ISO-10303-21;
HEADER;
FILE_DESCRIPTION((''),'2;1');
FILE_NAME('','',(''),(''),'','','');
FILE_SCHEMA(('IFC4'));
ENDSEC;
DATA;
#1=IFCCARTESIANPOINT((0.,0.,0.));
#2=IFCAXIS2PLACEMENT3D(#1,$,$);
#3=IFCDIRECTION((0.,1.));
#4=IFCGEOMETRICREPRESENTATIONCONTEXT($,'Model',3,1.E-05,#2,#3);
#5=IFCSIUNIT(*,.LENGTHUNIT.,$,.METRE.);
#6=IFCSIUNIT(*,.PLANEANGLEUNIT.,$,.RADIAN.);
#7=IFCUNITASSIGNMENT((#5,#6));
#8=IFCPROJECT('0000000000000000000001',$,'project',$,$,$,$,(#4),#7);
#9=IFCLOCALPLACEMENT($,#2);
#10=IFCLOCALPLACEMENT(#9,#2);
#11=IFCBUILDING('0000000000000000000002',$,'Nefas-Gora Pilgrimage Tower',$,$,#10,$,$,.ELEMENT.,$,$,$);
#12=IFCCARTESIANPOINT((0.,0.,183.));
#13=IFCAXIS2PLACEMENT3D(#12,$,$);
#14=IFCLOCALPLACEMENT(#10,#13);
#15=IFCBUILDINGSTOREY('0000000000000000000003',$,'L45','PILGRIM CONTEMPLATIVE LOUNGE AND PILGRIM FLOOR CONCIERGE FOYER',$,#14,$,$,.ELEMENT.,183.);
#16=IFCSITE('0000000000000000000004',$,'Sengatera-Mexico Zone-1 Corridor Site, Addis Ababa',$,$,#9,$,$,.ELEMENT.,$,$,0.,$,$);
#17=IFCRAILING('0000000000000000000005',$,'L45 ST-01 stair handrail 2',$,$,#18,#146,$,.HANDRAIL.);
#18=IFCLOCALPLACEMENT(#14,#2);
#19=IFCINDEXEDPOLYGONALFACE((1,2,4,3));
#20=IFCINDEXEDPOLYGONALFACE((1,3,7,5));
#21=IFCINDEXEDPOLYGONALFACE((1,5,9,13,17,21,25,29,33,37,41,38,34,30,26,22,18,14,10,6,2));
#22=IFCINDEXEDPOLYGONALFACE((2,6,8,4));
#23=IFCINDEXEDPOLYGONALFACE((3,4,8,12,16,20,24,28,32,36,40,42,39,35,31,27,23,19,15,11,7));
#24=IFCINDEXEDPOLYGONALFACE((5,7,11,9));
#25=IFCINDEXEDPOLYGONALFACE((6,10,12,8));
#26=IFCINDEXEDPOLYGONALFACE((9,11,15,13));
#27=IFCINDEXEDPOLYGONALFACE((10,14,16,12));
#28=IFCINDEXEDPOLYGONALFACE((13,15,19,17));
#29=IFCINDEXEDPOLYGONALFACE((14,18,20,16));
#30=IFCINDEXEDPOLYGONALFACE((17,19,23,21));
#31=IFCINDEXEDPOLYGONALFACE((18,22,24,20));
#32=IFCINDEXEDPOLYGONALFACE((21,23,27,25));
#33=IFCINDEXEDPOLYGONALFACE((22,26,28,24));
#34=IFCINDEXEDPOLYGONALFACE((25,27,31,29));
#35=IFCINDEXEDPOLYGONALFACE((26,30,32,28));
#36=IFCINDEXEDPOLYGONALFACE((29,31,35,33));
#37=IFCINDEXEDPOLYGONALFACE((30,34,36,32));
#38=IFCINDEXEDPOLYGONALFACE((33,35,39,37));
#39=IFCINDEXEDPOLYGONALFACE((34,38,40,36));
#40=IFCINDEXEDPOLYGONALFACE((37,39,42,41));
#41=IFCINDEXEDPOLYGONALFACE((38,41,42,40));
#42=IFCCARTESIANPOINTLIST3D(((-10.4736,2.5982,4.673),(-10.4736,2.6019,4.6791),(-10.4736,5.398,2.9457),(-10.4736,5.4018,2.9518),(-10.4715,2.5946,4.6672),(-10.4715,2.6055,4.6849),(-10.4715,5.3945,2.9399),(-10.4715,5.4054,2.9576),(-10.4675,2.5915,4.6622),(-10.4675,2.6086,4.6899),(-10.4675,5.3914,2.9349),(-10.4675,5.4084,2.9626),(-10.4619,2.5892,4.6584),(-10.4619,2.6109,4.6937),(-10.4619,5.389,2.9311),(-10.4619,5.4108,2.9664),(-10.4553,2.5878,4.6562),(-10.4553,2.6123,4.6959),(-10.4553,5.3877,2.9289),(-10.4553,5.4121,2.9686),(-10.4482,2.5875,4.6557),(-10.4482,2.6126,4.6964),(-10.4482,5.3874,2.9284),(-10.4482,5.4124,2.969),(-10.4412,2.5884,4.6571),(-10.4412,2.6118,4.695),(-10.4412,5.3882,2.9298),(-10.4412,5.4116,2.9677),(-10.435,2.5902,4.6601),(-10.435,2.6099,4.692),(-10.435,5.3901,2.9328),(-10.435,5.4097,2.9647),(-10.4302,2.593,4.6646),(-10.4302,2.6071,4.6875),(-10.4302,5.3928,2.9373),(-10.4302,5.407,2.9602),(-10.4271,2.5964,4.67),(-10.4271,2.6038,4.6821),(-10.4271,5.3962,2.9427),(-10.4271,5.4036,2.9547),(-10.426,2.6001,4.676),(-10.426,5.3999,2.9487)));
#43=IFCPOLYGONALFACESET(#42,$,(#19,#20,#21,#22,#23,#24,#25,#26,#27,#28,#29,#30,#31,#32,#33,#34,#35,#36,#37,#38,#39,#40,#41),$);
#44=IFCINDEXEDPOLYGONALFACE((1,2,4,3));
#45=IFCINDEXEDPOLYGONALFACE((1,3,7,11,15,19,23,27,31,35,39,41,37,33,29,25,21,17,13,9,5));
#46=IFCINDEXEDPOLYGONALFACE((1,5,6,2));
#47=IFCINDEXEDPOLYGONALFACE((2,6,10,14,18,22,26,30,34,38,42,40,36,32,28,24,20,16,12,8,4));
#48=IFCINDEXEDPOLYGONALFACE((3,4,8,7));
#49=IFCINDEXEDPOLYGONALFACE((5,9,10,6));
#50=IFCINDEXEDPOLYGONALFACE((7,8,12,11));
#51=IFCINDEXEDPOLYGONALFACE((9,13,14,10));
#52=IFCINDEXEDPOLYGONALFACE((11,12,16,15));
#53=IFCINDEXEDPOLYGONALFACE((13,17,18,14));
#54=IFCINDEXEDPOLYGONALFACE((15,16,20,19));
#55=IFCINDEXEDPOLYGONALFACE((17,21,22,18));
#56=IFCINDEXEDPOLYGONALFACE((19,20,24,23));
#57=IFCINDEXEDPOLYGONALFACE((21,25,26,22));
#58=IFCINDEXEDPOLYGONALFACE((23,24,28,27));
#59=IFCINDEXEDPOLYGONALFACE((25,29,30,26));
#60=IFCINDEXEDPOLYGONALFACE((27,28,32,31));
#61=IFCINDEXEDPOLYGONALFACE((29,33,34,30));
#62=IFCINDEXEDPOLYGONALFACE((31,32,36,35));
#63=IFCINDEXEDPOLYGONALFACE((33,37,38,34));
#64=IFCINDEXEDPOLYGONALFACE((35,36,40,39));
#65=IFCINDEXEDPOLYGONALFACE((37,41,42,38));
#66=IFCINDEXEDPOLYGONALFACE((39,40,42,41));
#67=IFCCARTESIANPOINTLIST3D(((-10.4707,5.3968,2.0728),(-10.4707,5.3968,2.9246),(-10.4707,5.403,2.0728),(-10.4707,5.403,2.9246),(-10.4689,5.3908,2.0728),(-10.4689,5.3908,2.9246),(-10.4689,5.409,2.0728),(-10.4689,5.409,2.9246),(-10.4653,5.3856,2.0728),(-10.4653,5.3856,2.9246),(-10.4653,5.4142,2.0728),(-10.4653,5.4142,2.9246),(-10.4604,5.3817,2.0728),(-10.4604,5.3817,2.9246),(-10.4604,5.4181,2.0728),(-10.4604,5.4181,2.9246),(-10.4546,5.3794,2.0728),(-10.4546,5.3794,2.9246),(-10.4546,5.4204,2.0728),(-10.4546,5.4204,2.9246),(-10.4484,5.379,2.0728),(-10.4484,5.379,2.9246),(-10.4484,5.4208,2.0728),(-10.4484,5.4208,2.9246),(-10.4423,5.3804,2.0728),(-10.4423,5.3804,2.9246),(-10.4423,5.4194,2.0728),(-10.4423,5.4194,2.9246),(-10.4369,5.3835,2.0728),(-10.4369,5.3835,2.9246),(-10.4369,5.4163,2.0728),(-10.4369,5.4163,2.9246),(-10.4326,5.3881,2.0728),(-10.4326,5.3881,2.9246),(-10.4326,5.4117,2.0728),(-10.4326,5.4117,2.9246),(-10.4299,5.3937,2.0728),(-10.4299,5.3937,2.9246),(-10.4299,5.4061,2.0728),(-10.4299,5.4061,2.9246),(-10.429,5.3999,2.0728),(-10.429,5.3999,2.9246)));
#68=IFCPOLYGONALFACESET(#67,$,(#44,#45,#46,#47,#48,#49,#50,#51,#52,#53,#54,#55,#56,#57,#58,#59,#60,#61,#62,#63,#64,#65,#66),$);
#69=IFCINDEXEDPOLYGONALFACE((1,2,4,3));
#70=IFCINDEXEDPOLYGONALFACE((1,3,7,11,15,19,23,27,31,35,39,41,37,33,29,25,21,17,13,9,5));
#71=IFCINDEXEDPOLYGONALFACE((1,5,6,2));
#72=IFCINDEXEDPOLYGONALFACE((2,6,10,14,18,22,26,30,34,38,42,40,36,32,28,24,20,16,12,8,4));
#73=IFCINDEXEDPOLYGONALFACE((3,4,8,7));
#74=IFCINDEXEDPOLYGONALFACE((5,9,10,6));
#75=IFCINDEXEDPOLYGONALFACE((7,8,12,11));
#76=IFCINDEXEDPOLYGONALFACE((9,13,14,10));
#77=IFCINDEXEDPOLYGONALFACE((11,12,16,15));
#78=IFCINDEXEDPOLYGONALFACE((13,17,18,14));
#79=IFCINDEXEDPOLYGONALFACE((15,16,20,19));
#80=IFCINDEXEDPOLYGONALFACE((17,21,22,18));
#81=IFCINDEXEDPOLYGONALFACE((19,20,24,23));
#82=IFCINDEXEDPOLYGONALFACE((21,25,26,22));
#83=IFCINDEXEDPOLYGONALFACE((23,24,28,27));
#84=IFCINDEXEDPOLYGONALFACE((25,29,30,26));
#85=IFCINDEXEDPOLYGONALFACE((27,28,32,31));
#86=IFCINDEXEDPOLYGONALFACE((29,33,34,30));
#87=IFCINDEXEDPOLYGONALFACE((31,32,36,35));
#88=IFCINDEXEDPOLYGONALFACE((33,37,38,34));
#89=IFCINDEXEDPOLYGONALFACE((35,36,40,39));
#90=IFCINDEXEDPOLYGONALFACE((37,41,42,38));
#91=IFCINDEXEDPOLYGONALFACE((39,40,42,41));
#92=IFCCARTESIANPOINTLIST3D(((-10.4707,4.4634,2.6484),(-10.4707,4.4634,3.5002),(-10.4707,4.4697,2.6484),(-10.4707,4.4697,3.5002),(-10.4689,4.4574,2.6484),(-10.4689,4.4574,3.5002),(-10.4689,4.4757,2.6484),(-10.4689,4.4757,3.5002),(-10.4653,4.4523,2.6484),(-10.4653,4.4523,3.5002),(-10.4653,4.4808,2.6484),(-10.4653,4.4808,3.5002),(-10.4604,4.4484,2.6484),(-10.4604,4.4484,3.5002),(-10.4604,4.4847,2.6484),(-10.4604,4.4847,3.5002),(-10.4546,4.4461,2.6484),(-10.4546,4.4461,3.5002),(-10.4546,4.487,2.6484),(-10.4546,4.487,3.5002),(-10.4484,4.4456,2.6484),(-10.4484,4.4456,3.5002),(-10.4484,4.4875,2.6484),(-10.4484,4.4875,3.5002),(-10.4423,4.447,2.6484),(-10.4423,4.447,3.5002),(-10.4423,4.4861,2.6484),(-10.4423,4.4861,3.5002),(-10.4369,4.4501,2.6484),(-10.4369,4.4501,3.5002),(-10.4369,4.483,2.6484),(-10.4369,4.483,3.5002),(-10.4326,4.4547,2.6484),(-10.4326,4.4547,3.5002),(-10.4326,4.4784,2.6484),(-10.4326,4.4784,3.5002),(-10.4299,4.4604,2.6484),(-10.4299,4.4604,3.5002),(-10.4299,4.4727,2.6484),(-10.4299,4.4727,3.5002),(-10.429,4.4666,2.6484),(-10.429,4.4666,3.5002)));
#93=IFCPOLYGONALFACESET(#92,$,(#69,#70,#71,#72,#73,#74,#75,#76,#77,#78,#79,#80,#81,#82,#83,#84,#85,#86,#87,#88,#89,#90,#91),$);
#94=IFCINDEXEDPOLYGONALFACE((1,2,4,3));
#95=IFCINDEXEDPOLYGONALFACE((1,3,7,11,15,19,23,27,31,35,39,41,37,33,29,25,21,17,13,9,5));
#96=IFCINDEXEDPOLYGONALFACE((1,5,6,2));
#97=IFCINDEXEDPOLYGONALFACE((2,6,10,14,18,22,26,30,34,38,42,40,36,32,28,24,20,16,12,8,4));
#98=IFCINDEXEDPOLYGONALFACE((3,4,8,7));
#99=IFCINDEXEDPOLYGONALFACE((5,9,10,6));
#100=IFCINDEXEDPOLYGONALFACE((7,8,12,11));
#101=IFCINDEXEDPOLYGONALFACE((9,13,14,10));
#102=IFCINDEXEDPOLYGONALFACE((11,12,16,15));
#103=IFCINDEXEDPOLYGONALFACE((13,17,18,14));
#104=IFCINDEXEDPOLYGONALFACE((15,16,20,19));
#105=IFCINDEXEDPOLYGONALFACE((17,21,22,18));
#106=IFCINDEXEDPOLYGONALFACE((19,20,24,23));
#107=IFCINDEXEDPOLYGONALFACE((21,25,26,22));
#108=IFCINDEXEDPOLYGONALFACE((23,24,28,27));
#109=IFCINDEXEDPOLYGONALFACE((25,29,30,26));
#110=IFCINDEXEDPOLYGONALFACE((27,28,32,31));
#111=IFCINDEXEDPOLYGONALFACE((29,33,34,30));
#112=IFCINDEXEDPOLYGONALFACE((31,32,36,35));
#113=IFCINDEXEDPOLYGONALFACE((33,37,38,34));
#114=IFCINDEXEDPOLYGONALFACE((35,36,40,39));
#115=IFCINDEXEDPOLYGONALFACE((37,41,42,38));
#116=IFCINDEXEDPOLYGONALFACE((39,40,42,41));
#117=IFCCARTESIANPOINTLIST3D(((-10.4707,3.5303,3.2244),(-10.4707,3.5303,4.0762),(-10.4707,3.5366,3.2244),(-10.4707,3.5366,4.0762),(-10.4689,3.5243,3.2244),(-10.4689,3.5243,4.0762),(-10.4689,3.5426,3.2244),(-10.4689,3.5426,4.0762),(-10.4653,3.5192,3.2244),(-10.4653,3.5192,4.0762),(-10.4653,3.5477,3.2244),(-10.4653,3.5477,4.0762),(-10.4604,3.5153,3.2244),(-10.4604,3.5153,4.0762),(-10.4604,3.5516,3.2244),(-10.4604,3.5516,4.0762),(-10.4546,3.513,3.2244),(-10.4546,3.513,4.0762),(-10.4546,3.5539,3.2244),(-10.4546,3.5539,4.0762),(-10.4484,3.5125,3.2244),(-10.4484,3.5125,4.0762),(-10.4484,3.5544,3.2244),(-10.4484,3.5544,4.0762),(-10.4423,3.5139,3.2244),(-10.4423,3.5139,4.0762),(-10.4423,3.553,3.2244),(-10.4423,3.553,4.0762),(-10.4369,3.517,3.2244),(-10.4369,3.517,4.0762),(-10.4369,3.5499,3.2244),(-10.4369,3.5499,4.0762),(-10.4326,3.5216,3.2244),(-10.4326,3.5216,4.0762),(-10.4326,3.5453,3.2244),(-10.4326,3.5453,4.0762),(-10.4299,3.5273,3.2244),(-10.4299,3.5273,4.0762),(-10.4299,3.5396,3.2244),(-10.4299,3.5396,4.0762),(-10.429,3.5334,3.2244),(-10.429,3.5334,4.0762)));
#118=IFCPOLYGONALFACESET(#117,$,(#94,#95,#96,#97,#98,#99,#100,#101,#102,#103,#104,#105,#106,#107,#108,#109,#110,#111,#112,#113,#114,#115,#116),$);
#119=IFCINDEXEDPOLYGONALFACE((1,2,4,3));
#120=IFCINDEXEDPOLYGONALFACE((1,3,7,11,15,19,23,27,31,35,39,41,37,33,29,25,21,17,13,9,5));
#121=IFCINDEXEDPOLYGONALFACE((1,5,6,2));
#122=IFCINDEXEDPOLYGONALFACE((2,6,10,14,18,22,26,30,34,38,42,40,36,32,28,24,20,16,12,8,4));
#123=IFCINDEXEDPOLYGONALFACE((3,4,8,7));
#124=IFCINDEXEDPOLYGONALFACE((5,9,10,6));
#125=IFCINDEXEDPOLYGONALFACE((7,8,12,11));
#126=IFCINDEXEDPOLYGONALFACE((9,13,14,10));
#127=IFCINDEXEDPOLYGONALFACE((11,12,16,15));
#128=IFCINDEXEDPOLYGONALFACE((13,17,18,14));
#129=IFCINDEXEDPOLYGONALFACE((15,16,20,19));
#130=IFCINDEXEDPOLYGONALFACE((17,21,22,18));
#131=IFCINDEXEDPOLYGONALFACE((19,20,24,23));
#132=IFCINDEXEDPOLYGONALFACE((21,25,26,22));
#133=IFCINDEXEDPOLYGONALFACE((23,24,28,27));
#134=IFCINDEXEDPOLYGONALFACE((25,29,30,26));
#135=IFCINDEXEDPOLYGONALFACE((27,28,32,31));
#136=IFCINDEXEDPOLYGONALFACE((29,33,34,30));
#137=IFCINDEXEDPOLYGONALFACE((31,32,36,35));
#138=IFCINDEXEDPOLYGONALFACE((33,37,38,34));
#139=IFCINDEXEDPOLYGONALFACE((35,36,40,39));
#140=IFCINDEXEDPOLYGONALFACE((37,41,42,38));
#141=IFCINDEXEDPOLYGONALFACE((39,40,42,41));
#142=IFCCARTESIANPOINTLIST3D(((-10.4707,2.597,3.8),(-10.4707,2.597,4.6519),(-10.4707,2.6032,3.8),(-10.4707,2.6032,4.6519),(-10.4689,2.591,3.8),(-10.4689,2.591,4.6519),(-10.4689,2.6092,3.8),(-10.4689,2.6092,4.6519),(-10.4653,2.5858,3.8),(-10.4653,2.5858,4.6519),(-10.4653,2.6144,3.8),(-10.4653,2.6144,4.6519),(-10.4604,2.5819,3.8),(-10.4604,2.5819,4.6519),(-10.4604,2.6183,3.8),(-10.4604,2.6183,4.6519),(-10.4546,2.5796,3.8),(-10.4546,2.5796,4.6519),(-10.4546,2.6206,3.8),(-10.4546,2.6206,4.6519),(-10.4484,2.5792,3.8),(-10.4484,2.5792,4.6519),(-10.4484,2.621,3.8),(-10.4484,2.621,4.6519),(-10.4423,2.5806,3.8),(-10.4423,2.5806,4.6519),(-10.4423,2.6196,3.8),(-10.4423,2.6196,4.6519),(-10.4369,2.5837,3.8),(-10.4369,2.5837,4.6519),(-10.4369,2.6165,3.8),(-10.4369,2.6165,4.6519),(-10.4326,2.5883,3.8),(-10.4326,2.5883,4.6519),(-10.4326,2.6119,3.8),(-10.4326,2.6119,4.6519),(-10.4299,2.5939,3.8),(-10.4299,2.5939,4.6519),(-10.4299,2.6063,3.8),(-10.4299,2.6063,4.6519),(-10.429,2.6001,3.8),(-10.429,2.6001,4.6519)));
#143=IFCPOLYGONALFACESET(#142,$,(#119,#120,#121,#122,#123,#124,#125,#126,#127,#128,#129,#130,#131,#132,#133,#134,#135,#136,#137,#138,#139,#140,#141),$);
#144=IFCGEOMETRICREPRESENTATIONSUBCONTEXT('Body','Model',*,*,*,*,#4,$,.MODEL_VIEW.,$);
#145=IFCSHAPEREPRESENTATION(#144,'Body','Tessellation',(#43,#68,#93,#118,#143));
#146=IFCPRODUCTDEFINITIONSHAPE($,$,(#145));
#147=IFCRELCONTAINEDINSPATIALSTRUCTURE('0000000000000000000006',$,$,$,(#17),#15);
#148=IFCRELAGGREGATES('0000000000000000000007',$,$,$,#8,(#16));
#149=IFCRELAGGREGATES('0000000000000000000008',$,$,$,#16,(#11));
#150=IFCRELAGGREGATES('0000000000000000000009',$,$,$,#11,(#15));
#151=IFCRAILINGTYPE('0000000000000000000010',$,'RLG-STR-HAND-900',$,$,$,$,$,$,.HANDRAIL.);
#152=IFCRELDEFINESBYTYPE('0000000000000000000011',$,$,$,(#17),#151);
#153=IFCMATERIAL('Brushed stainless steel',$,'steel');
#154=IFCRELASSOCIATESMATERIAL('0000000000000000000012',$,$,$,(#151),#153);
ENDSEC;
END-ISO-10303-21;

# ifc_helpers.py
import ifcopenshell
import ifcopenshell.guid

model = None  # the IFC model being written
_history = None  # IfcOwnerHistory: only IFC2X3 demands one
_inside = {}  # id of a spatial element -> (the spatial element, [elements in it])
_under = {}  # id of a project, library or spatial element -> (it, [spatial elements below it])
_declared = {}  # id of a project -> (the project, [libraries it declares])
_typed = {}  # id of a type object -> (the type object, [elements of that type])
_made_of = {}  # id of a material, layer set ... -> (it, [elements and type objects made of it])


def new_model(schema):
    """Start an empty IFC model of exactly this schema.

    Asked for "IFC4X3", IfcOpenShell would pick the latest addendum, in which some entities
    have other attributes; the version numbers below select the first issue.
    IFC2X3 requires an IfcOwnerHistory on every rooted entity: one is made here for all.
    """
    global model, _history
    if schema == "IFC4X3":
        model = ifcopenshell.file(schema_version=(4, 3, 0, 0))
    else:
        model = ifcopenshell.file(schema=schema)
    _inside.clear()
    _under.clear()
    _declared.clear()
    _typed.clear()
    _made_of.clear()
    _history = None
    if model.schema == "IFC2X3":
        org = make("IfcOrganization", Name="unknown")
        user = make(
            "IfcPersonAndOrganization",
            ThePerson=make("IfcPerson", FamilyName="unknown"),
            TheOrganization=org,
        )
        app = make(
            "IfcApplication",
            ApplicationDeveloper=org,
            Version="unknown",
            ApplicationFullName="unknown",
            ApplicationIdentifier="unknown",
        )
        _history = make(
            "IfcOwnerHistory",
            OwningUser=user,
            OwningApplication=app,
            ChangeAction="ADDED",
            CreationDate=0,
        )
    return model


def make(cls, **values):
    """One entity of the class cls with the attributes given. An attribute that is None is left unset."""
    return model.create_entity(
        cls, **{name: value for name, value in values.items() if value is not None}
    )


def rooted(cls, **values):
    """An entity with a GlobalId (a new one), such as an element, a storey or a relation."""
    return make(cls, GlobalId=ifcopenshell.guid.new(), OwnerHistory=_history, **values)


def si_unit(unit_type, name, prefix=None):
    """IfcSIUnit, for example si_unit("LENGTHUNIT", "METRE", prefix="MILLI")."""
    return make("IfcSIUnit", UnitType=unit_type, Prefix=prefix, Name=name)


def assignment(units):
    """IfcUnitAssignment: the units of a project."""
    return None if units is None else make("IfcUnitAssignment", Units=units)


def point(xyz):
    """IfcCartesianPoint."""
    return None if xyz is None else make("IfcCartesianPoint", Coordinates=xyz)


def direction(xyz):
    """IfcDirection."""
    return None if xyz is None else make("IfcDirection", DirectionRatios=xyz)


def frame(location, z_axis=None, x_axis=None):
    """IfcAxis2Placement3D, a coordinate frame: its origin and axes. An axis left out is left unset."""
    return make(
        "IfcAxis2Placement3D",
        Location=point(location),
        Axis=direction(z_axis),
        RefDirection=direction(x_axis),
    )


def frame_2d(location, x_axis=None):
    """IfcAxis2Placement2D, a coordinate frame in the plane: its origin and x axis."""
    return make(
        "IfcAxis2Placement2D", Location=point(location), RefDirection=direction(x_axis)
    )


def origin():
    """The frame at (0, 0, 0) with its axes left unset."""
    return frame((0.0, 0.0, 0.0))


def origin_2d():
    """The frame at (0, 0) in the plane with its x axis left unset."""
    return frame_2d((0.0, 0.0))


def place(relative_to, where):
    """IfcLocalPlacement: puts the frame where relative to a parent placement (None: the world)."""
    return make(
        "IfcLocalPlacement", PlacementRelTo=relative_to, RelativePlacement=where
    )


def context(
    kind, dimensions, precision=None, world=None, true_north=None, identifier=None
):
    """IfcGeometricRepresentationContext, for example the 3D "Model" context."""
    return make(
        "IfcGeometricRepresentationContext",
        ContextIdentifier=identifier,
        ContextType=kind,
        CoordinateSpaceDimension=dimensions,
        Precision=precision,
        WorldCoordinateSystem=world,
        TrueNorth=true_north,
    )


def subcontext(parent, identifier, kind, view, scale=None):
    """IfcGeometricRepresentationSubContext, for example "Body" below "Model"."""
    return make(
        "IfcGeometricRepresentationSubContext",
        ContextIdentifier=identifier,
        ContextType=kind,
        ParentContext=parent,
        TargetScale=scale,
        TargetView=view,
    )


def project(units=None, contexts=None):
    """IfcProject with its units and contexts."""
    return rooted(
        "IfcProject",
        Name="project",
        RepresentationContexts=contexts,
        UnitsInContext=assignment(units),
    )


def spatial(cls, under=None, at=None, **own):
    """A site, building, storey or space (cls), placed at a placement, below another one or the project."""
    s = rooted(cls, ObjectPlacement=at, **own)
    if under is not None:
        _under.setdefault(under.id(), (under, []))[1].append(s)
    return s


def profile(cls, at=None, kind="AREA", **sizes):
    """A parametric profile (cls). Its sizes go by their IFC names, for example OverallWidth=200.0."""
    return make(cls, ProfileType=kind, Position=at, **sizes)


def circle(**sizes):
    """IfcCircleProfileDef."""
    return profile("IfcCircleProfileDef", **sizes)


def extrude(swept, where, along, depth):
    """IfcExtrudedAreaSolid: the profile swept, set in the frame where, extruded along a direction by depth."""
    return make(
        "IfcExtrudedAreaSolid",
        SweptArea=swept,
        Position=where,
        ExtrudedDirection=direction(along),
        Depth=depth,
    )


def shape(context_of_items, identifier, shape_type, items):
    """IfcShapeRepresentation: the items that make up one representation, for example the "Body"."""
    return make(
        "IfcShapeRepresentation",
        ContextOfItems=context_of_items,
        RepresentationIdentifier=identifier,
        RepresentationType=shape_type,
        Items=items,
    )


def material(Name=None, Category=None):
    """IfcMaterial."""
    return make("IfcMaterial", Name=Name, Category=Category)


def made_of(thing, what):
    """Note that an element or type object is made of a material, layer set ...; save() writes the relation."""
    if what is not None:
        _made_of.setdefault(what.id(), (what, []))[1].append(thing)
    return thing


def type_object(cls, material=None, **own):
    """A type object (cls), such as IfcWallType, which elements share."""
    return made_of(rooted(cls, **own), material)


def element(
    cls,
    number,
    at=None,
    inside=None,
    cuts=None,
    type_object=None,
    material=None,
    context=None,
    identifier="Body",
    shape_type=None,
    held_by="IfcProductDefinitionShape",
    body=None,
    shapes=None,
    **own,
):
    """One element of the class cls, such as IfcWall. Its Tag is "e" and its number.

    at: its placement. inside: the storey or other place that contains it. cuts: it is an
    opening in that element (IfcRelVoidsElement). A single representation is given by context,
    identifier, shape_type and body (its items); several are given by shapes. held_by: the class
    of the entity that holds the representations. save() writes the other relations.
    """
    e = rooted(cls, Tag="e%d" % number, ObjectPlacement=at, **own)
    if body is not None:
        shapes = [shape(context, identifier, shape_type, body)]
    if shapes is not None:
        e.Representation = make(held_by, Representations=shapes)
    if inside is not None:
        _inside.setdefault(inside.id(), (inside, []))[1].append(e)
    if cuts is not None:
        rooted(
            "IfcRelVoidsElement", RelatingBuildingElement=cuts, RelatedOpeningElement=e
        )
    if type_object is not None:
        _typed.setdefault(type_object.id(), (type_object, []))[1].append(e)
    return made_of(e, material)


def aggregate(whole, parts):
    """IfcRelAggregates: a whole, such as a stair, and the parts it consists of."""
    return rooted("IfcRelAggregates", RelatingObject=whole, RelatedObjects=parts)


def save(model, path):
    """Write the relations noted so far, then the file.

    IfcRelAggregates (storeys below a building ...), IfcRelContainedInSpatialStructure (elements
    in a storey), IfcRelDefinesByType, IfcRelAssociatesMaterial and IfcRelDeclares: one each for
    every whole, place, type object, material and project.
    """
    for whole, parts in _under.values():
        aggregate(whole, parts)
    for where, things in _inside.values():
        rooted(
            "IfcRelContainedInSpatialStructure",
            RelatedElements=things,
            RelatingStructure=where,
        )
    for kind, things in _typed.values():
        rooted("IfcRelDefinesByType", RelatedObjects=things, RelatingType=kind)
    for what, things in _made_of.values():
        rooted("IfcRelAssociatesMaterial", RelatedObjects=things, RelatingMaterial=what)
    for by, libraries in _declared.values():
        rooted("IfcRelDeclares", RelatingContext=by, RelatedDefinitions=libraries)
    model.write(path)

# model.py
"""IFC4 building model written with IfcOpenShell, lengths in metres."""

from ifc_helpers import new_model, si_unit, direction, frame, origin, origin_2d, place, context, subcontext, project, spatial, circle, extrude, material, type_object, element, save


model = new_model("IFC4")

# Units and contexts
model_context = context("Model", 3, precision=1e-05, world=origin(), true_north=direction((0.0, 1.0)))
body_context = subcontext(model_context, "Body", "Model", "MODEL_VIEW")
ifc_project = project(units=[si_unit("LENGTHUNIT", "METRE"), si_unit("PLANEANGLEUNIT", "RADIAN")], contexts=[model_context])

# Site, building, storey
site_placement = place(None, origin())
site = spatial("IfcSite", under=ifc_project, at=site_placement, Name="Sengatera-Mexico Zone-1 Corridor Site, Addis Ababa", CompositionType="ELEMENT", RefElevation=0.0)
building_placement = place(site_placement, origin())
building = spatial("IfcBuilding", under=site, at=building_placement, Name="Nefas-Gora Pilgrimage Tower", CompositionType="ELEMENT")
storey_placement = place(building_placement, frame((0.0, 0.0, 183.0)))
storey = spatial("IfcBuildingStorey", under=building, at=storey_placement, Name="L45", Description="PILGRIM CONTEMPLATIVE LOUNGE AND PILGRIM FLOOR CONCIERGE FOYER", CompositionType="ELEMENT", Elevation=183.0)

# Railing
ifc_material_1 = material(Name="Brushed stainless steel", Category="steel")
railing_type_1 = type_object("IfcRailingType", Name="RLG-STR-HAND-900", PredefinedType="HANDRAIL", material=ifc_material_1)
railing_1_placement = place(storey_placement, frame((-10.45, 5.3999, 2.0728)))
element("IfcRailing", 1, at=railing_1_placement, inside=storey, type_object=railing_type_1, Name="L45 ST-01 stair handrail 2", PredefinedType="HANDRAIL", context=body_context, shape_type="SweptSolid", body=[
    extrude(circle(Radius=0.0239, at=origin_2d()), frame((0.0, 0.0, 0.876), z_axis=(0.0, -0.851069, 0.525054), x_axis=(1.0, 0.0, 0.0)), (0.0, 0.0, 1.0), 3.2898),
    extrude(circle(Radius=0.021, at=origin_2d()), origin(), (0.0, 0.0, 1.0), 0.8518),
    extrude(circle(Radius=0.021, at=origin_2d()), frame((0.0, -0.9333, 0.5757)), (0.0, 0.0, 1.0), 0.8518),
    extrude(circle(Radius=0.021, at=origin_2d()), frame((0.0, -1.8665, 1.1516)), (0.0, 0.0, 1.0), 0.8518),
    extrude(circle(Radius=0.021, at=origin_2d()), frame((0.0, -2.7998, 1.7273)), (0.0, 0.0, 1.0), 0.8518),
])

save(model, "model.ifc")
